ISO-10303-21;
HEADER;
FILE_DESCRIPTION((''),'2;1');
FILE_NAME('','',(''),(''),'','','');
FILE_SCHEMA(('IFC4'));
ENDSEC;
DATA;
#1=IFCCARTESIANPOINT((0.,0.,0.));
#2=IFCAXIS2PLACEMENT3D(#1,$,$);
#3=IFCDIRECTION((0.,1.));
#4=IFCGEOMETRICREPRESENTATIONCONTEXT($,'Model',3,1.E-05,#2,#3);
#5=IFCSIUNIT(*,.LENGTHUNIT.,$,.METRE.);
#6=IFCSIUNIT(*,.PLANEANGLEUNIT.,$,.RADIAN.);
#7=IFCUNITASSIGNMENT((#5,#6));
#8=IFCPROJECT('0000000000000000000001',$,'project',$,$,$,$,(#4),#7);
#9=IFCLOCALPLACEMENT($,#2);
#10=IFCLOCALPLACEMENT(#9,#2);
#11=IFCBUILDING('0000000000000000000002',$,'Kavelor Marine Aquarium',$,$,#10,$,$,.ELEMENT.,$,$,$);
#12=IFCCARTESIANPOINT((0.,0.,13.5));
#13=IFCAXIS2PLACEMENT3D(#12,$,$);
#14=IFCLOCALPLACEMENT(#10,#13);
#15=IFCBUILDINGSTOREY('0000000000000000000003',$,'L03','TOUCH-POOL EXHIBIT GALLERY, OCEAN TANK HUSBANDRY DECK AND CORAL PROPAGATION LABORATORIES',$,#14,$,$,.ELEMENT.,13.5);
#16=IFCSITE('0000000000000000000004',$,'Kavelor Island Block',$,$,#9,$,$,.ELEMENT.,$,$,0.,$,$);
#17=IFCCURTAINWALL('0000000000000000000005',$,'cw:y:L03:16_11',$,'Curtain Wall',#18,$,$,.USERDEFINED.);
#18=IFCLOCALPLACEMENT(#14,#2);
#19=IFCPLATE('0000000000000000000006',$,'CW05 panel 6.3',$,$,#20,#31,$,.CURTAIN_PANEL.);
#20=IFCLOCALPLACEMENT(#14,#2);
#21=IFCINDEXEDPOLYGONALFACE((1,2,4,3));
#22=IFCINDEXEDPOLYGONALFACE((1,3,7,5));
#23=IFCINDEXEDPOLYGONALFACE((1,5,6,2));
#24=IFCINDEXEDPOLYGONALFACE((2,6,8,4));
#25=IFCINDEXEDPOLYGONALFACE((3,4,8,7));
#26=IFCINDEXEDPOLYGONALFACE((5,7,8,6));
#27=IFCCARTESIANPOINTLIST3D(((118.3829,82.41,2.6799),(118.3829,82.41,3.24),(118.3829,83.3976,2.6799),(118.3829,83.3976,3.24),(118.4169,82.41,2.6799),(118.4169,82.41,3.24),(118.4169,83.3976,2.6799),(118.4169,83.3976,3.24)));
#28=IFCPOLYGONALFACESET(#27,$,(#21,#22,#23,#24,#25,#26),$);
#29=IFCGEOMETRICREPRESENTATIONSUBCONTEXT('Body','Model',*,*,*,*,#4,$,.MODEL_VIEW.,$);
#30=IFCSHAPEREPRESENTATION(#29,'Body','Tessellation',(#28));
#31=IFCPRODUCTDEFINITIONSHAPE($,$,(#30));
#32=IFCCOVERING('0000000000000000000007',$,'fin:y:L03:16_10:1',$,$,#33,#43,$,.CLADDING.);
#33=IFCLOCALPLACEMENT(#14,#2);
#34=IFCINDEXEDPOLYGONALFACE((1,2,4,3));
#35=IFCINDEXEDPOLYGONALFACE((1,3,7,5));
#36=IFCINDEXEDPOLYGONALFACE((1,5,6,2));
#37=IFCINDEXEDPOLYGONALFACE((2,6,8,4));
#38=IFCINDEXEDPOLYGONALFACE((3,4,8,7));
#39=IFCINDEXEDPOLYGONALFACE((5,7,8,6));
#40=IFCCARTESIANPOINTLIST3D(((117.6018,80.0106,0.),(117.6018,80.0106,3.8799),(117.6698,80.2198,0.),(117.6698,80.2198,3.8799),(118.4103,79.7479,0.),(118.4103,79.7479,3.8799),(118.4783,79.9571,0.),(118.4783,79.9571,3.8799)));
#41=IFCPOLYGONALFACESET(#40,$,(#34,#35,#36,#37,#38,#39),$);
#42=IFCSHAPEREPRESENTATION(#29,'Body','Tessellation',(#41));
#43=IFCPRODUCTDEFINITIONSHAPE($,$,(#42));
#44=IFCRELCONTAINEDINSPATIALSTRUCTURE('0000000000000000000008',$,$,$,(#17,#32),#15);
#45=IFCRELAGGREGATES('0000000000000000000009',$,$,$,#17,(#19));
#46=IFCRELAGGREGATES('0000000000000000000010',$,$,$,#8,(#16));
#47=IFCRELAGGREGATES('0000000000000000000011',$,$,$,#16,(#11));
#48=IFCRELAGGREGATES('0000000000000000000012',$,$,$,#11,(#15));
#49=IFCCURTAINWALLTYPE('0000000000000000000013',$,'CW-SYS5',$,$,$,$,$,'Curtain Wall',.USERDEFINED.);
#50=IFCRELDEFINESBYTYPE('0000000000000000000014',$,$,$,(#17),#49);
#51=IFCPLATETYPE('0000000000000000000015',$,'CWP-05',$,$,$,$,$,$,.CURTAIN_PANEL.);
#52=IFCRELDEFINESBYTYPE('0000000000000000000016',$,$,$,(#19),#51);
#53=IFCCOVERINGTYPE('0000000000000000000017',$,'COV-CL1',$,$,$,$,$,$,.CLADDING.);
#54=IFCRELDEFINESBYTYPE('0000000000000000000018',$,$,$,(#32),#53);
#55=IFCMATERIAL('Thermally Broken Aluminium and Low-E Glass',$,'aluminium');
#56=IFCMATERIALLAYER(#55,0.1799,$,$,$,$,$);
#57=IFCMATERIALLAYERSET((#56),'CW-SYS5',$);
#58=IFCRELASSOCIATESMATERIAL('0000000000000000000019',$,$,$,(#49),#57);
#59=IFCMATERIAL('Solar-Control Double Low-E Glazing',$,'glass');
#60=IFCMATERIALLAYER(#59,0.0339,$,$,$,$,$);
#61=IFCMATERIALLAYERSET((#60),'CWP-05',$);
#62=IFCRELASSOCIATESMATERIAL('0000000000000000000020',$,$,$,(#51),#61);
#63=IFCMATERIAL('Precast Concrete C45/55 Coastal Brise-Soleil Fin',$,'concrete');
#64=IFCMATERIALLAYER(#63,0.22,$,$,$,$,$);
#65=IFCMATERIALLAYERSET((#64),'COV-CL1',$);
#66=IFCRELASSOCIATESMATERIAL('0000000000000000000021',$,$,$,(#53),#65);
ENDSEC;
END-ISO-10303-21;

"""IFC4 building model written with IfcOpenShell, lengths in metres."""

from ifc_helpers import new_model, si_unit, direction, frame, origin, origin_2d, place, context, subcontext, project, spatial, rectangle, extrude, material, layer, layer_set, type_object, element, aggregate, save


model = new_model("IFC4")

# Units and contexts
model_context = context("Model", 3, precision=1e-05, world=origin(), true_north=direction((0.0, 1.0)))
body_context = subcontext(model_context, "Body", "Model", "MODEL_VIEW")
ifc_project = project(units=[si_unit("LENGTHUNIT", "METRE"), si_unit("PLANEANGLEUNIT", "RADIAN")], contexts=[model_context])

# Site, building, storey
site_placement = place(None, origin())
site = spatial("IfcSite", under=ifc_project, at=site_placement, Name="Kavelor Island Block", CompositionType="ELEMENT", RefElevation=0.0)
building_placement = place(site_placement, origin())
building = spatial("IfcBuilding", under=site, at=building_placement, Name="Kavelor Marine Aquarium", CompositionType="ELEMENT")
storey_placement = place(building_placement, frame((0.0, 0.0, 13.5)))
storey = spatial("IfcBuildingStorey", under=building, at=storey_placement, Name="L03", Description="TOUCH-POOL EXHIBIT GALLERY, OCEAN TANK HUSBANDRY DECK AND CORAL PROPAGATION LABORATORIES", CompositionType="ELEMENT", Elevation=13.5)

# Curtain wall
ifc_material_1 = material(Name="Thermally Broken Aluminium and Low-E Glass", Category="aluminium")
ifc_layer_1 = layer(ifc_material_1, 0.1799)
ifc_layer_set_1 = layer_set([ifc_layer_1], Name="CW-SYS5")
curtain_wall_type_1 = type_object("IfcCurtainWallType", Name="CW-SYS5", ElementType="Curtain Wall", PredefinedType="USERDEFINED", material=ifc_layer_set_1)
curtain_wall_1_placement = place(storey_placement, origin())
curtain_wall_1 = element("IfcCurtainWall", 1, at=curtain_wall_1_placement, inside=storey, type_object=curtain_wall_type_1, Name="cw:y:L03:16_11", ObjectType="Curtain Wall", PredefinedType="USERDEFINED")

# Plate
ifc_material_2 = material(Name="Solar-Control Double Low-E Glazing", Category="glass")
ifc_layer_2 = layer(ifc_material_2, 0.0339)
ifc_layer_set_2 = layer_set([ifc_layer_2], Name="CWP-05")
plate_type_1 = type_object("IfcPlateType", Name="CWP-05", PredefinedType="CURTAIN_PANEL", material=ifc_layer_set_2)
plate_1_placement = place(storey_placement, frame((118.3999, 82.9038, 2.6799), z_axis=(0.0, 0.0, 1.0), x_axis=(0.0, -1.0, 0.0)))
plate_1 = element("IfcPlate", 2, at=plate_1_placement, type_object=plate_type_1, Name="CW05 panel 6.3", PredefinedType="CURTAIN_PANEL", context=body_context, shape_type="SweptSolid", body=[
    extrude(rectangle(XDim=0.9875, YDim=0.0339, at=origin_2d()), origin(), (0.0, 0.0, 1.0), 0.5601),
])
aggregate(curtain_wall_1, [plate_1])

# Covering
ifc_material_3 = material(Name="Precast Concrete C45/55 Coastal Brise-Soleil Fin", Category="concrete")
ifc_layer_3 = layer(ifc_material_3, 0.22)
ifc_layer_set_3 = layer_set([ifc_layer_3], Name="COV-CL1")
covering_type = type_object("IfcCoveringType", Name="COV-CL1", PredefinedType="CLADDING", material=ifc_layer_set_3)
covering_placement = place(storey_placement, frame((118.04, 79.9839, 0.0), z_axis=(0.0, 0.0, 1.0), x_axis=(0.951057, -0.309017, 0.0)))
element("IfcCovering", 3, at=covering_placement, inside=storey, type_object=covering_type, Name="fin:y:L03:16_10:1", PredefinedType="CLADDING", context=body_context, shape_type="SweptSolid", body=[
    extrude(rectangle(XDim=0.8501, YDim=0.22, at=origin_2d()), origin(), (0.0, 0.0, 1.0), 3.8799),
])

save(model, "model.ifc")
